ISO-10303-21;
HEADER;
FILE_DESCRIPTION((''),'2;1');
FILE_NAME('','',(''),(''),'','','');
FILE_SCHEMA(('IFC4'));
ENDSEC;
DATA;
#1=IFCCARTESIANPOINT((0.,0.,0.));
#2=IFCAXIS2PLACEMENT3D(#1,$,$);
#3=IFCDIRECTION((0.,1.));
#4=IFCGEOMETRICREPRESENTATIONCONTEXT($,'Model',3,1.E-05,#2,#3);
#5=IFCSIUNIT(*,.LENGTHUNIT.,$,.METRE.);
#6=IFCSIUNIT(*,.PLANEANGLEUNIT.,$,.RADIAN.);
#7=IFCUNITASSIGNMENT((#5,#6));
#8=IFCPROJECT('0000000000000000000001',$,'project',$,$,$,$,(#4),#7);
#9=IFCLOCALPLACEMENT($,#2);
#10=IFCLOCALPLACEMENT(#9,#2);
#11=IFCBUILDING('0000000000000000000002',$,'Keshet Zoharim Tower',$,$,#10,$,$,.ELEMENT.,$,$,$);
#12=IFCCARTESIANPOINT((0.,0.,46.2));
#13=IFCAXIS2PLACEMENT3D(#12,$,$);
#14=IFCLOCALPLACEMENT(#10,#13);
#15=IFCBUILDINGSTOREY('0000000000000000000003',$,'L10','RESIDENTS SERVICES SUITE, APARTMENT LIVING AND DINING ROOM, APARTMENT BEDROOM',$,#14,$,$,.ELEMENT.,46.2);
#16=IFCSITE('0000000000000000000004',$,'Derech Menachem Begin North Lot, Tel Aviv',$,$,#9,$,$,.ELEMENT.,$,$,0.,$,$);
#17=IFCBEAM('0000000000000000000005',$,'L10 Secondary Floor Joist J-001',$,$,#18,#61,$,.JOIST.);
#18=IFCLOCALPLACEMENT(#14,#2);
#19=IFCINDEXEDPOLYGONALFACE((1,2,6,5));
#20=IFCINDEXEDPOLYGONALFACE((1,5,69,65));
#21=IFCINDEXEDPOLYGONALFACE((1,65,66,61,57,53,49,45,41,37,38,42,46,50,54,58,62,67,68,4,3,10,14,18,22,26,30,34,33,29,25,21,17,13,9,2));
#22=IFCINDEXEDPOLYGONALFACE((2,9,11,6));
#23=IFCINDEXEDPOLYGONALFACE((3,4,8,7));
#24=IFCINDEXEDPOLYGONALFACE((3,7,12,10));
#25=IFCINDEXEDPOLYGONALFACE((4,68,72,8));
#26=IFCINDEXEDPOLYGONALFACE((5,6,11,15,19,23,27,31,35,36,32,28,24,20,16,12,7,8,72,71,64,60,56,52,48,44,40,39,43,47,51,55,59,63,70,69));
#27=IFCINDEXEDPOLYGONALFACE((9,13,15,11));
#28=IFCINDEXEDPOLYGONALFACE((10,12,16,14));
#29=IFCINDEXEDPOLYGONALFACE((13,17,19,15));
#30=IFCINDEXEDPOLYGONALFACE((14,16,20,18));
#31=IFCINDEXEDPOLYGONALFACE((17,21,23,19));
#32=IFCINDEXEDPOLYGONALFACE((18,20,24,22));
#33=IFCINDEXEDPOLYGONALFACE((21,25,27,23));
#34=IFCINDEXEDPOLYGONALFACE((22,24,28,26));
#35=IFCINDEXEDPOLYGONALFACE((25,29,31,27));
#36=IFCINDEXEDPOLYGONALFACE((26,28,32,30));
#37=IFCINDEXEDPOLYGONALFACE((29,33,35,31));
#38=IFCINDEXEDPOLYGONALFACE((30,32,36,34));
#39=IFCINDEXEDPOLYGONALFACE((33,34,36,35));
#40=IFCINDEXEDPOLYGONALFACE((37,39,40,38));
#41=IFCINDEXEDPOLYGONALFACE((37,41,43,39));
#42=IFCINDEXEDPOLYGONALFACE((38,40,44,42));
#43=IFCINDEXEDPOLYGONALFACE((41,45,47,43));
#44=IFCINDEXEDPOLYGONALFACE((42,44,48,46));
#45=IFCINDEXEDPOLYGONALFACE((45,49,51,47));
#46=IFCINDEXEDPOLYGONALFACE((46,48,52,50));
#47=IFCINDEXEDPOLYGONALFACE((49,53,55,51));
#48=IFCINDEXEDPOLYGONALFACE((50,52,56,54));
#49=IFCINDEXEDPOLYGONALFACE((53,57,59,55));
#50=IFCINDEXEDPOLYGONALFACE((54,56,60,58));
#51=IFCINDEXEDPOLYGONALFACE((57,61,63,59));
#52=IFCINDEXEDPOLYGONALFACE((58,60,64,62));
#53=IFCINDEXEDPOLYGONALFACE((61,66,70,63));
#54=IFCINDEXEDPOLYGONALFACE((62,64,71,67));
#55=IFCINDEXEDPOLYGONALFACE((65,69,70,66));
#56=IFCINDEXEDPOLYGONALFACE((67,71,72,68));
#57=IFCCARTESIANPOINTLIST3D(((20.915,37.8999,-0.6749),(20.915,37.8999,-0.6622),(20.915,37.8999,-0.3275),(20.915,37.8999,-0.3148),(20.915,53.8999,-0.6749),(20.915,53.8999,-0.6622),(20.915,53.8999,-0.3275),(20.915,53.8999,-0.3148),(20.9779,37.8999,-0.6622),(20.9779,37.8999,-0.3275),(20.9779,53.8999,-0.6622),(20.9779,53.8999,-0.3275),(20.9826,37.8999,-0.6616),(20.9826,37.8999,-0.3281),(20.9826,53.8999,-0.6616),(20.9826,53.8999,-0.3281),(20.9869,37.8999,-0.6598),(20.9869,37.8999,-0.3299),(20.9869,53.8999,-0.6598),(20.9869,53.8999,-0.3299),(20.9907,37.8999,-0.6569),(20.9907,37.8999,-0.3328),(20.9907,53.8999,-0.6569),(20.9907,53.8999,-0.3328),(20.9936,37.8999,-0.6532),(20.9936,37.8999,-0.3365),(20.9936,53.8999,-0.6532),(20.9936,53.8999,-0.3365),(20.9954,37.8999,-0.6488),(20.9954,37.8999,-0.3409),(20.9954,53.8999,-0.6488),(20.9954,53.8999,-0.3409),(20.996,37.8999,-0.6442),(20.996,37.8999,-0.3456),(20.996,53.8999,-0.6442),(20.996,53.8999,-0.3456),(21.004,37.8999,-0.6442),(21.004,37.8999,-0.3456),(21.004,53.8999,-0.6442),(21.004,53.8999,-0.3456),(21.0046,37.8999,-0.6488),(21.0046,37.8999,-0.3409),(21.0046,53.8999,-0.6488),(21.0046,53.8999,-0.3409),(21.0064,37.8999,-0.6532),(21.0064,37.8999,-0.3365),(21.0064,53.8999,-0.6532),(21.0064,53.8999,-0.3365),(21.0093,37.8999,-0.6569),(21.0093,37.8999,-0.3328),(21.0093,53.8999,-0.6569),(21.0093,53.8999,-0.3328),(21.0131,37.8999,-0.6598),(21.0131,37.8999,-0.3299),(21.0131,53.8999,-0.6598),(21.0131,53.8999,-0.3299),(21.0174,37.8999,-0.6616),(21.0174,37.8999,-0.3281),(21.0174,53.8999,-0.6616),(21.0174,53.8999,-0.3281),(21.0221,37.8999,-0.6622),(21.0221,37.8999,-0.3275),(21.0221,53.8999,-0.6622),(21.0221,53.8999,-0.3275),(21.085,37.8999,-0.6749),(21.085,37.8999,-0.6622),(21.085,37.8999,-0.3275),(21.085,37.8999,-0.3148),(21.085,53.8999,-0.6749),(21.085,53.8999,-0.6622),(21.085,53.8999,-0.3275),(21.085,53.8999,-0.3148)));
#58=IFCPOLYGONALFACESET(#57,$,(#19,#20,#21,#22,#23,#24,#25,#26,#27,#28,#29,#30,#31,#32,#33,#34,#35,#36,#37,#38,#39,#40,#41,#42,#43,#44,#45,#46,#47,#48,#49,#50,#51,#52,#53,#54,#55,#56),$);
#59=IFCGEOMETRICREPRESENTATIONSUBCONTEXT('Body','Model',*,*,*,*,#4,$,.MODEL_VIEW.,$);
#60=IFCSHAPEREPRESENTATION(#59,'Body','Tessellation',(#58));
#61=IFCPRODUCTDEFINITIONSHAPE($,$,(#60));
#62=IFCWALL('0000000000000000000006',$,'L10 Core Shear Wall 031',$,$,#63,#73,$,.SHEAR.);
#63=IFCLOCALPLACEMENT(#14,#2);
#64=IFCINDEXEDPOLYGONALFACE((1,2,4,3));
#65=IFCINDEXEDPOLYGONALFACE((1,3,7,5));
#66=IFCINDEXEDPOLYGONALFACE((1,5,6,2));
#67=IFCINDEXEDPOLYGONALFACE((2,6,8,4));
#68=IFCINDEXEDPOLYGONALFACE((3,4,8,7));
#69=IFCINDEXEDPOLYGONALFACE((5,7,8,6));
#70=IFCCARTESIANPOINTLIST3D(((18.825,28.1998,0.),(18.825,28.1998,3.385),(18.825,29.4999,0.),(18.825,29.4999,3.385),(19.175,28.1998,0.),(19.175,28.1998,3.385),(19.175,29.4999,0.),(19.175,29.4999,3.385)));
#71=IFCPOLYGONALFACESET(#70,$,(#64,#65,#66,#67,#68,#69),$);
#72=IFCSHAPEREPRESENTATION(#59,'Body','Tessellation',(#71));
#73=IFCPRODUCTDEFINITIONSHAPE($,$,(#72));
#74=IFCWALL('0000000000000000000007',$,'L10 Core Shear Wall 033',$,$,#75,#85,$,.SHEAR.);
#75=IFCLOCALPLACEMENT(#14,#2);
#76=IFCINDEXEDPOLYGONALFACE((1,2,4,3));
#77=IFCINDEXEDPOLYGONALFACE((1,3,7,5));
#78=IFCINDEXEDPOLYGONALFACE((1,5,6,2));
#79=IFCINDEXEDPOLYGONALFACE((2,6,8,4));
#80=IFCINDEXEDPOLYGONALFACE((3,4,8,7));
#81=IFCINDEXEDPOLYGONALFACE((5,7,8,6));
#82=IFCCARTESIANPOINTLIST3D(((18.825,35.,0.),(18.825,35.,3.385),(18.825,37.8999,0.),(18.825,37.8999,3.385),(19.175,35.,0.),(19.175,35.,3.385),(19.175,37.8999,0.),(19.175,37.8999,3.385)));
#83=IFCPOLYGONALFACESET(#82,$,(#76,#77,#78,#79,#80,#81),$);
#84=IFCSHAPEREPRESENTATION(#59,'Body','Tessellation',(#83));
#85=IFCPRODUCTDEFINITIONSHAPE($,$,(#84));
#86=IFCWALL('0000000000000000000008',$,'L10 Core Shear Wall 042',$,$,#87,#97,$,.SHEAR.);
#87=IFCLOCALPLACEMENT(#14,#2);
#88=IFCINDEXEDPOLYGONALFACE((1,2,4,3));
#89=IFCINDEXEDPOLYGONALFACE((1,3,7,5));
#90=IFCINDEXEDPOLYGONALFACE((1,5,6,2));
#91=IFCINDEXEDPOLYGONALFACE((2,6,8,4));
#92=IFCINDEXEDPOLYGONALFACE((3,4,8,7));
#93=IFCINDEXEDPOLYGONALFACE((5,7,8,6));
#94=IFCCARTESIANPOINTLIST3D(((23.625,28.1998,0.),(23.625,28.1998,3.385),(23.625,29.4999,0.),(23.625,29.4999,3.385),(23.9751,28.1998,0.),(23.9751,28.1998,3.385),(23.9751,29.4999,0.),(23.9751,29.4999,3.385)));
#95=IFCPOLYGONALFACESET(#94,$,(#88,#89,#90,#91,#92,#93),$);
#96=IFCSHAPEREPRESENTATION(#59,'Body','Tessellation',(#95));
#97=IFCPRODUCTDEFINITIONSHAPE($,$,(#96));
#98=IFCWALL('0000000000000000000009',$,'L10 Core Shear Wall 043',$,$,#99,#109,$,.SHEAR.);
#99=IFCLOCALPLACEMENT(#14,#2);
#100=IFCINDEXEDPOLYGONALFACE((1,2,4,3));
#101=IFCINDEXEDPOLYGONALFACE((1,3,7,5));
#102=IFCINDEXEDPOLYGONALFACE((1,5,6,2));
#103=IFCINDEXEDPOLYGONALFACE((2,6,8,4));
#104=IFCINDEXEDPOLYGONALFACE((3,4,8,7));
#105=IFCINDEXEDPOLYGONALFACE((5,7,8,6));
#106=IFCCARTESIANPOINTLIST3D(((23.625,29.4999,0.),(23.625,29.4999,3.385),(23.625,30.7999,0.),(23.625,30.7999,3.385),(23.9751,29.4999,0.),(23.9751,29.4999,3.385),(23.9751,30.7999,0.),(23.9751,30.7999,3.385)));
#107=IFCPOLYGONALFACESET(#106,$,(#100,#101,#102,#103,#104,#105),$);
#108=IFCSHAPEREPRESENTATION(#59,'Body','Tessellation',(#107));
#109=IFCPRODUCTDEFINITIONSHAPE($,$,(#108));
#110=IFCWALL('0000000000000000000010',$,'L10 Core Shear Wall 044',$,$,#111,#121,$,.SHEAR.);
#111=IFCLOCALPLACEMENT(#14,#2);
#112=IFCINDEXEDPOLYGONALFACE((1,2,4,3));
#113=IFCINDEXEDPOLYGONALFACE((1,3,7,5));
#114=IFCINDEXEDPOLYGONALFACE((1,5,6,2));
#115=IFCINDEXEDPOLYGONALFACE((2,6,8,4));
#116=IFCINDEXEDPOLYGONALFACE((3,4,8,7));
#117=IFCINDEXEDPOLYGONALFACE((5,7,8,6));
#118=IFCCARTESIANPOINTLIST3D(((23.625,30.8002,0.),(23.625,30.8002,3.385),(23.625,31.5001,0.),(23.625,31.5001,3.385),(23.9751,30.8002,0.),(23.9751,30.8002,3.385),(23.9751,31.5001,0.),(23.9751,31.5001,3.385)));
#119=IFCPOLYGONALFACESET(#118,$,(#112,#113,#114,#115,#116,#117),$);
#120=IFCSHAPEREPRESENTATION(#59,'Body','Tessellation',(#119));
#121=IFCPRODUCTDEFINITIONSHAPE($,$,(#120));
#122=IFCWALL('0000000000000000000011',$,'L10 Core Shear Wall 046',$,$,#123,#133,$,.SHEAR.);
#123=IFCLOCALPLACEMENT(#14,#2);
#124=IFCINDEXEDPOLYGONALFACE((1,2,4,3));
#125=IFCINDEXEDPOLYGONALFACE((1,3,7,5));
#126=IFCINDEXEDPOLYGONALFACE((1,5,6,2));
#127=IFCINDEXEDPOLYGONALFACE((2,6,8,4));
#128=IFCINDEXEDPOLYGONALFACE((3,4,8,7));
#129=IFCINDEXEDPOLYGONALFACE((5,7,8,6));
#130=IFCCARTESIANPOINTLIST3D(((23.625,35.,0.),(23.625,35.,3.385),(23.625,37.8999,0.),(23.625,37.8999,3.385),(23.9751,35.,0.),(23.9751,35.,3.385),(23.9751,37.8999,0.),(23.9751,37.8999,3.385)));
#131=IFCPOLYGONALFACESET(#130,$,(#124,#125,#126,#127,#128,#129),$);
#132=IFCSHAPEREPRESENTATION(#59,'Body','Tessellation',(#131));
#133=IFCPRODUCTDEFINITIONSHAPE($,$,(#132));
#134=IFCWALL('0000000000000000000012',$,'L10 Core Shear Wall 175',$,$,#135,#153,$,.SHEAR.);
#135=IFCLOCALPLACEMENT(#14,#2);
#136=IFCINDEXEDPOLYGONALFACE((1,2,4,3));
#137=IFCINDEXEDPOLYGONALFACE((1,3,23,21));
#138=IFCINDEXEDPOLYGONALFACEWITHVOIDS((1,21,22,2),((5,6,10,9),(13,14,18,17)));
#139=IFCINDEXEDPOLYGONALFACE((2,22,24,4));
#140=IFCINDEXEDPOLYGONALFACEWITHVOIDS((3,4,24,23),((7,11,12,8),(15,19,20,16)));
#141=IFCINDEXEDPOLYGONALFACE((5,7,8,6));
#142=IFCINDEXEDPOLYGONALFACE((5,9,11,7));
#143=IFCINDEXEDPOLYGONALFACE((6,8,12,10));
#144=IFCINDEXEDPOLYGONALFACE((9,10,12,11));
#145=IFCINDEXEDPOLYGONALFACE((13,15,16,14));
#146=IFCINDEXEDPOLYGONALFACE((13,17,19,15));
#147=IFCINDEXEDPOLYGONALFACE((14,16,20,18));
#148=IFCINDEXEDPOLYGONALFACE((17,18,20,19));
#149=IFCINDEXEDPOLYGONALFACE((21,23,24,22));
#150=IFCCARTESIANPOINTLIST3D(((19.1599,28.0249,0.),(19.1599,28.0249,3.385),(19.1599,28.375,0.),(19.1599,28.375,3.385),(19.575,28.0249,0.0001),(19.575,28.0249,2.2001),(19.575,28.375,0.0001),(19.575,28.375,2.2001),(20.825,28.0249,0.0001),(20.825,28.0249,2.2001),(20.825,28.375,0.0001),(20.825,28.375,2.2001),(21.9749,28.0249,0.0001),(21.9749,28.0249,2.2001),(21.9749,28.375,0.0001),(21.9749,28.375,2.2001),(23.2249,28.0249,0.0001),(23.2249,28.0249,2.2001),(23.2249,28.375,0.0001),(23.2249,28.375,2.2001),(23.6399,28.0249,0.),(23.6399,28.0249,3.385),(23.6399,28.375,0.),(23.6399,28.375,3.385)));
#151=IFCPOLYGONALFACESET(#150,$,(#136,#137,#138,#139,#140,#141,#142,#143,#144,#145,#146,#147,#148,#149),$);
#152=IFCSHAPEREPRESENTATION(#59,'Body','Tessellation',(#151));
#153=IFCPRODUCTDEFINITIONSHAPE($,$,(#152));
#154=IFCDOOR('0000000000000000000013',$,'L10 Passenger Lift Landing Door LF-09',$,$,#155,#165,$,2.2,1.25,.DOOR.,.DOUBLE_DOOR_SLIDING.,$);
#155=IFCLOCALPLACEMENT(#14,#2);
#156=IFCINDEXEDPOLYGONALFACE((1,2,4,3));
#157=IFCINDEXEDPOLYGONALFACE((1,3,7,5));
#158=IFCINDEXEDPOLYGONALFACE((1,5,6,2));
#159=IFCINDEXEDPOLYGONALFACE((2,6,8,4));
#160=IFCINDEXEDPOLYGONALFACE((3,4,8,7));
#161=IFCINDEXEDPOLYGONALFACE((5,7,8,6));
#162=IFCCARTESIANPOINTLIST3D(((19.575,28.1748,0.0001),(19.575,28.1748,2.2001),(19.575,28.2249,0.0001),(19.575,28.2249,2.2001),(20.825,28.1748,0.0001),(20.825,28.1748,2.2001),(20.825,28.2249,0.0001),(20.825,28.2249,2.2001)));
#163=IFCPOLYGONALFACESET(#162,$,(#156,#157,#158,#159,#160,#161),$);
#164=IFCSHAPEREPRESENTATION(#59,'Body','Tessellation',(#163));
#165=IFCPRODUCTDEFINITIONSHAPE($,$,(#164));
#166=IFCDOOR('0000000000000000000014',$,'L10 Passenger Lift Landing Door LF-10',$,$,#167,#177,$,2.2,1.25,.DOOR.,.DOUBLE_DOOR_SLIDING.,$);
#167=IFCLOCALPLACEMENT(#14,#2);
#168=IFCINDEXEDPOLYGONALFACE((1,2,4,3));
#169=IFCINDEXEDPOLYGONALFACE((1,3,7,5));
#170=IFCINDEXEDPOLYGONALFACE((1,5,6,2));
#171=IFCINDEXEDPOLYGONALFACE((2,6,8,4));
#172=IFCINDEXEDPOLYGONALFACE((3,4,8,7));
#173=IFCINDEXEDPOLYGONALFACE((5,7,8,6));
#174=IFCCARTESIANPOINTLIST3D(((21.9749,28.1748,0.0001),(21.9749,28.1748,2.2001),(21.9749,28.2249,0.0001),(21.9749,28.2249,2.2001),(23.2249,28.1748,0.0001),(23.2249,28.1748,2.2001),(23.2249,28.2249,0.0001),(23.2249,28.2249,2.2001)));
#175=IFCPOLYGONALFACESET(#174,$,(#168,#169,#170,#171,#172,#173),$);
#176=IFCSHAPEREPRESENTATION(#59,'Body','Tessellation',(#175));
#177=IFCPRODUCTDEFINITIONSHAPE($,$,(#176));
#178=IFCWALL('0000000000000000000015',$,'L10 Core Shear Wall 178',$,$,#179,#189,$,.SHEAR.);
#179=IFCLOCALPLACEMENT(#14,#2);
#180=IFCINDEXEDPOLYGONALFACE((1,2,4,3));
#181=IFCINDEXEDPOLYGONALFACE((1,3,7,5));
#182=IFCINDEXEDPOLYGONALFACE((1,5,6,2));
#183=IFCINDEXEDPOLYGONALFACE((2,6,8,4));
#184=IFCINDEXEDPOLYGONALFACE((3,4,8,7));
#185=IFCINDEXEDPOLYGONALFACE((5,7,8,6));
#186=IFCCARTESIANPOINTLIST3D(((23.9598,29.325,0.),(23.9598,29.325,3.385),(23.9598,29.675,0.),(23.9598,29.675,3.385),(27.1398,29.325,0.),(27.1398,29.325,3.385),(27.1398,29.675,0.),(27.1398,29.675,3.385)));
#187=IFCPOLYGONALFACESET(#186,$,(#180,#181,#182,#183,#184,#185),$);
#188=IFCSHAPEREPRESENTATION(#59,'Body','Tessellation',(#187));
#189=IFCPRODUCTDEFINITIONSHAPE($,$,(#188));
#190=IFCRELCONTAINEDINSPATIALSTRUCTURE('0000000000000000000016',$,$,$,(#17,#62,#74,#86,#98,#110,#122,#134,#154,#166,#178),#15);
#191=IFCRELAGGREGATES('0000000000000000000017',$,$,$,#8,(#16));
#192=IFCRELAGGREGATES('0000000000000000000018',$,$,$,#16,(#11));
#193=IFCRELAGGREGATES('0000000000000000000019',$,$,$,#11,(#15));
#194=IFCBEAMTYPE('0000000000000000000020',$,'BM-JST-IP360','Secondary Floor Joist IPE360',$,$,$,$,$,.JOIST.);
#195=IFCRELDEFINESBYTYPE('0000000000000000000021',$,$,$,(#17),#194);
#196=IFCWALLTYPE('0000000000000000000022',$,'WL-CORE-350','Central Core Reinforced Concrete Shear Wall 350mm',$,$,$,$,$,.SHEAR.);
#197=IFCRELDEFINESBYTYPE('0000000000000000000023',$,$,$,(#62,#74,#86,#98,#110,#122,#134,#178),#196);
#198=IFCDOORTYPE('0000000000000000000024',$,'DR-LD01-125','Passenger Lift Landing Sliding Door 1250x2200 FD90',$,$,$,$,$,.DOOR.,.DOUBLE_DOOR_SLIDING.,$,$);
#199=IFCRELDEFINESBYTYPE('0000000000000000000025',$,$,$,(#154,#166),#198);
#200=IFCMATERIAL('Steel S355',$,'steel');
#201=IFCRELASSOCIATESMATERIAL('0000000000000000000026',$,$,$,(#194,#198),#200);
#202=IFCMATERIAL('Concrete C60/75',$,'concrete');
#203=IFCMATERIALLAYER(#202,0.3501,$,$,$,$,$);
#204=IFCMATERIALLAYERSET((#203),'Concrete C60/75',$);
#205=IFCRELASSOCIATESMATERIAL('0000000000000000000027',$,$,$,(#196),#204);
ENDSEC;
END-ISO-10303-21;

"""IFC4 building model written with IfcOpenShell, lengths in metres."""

from ifc_helpers import new_model, si_unit, direction, frame, frame_2d, origin, origin_2d, place, context, subcontext, project, spatial, rectangle, i_section, extrude, material, layer, layer_set, material_profile, profile_set, type_object, element, fill, save


model = new_model("IFC4")

# Units and contexts
model_context = context("Model", 3, precision=1e-05, world=origin(), true_north=direction((0.0, 1.0)))
body_context = subcontext(model_context, "Body", "Model", "MODEL_VIEW")
ifc_project = project(units=[si_unit("LENGTHUNIT", "METRE"), si_unit("PLANEANGLEUNIT", "RADIAN")], contexts=[model_context])

# Site, building, storey
site_placement = place(None, origin())
site = spatial("IfcSite", under=ifc_project, at=site_placement, Name="Derech Menachem Begin North Lot, Tel Aviv", CompositionType="ELEMENT", RefElevation=0.0)
building_placement = place(site_placement, origin())
building = spatial("IfcBuilding", under=site, at=building_placement, Name="Keshet Zoharim Tower", CompositionType="ELEMENT")
storey_placement = place(building_placement, frame((0.0, 0.0, 46.2)))
storey = spatial("IfcBuildingStorey", under=building, at=storey_placement, Name="L10", Description="RESIDENTS SERVICES SUITE, APARTMENT LIVING AND DINING ROOM, APARTMENT BEDROOM", CompositionType="ELEMENT", Elevation=46.2)

# Beam
ifc_material_1 = material(Name="Steel S355", Category="steel")
ifc_material_profile = material_profile(ifc_material_1, i_section(OverallWidth=0.1699, OverallDepth=0.3601, WebThickness=0.0081, FlangeThickness=0.0127, FilletRadius=0.0181, at=origin_2d()), Name="IPE360")
ifc_profile_set = profile_set([ifc_material_profile], Name="Steel S355")
beam_type = type_object("IfcBeamType", Name="BM-JST-IP360", Description="Secondary Floor Joist IPE360", PredefinedType="JOIST", material=ifc_profile_set)
beam_placement = place(storey_placement, frame((21.0, 37.8999, -0.4949), z_axis=(0.0, 1.0, 0.0), x_axis=(-1.0, 0.0, 0.0)))
element("IfcBeam", 1, at=beam_placement, inside=storey, type_object=beam_type, Name="L10 Secondary Floor Joist J-001", PredefinedType="JOIST", context=body_context, shape_type="SweptSolid", body=[
    extrude(i_section(OverallWidth=0.1699, OverallDepth=0.3601, WebThickness=0.0081, FlangeThickness=0.0127, FilletRadius=0.0181, at=origin_2d()), origin(), (0.0, 0.0, 1.0), 16.0),
])

# Wall
ifc_material_2 = material(Name="Concrete C60/75", Category="concrete")
ifc_layer_1 = layer(ifc_material_2, 0.3501)
ifc_layer_set_1 = layer_set([ifc_layer_1], Name="Concrete C60/75")
wall_type_1 = type_object("IfcWallType", Name="WL-CORE-350", Description="Central Core Reinforced Concrete Shear Wall 350mm", PredefinedType="SHEAR", material=ifc_layer_set_1)
wall_1_placement = place(storey_placement, frame((19.0, 28.2, 0.0), z_axis=(0.0, 0.0, 1.0), x_axis=(0.0, 1.0, 0.0)))
element("IfcWall", 2, at=wall_1_placement, inside=storey, type_object=wall_type_1, Name="L10 Core Shear Wall 031", PredefinedType="SHEAR", context=body_context, shape_type="SweptSolid", body=[
    extrude(rectangle(XDim=1.3, YDim=0.3501, at=frame_2d((0.6499, 0.0))), origin(), (0.0, 0.0, 1.0), 3.385),
])

# Walls
wall_2_placement = place(storey_placement, frame((19.0, 35.0, 0.0), z_axis=(0.0, 0.0, 1.0), x_axis=(0.0, 1.0, 0.0)))
element("IfcWall", 3, at=wall_2_placement, inside=storey, type_object=wall_type_1, Name="L10 Core Shear Wall 033", PredefinedType="SHEAR", context=body_context, shape_type="SweptSolid", body=[
    extrude(rectangle(XDim=2.8999, YDim=0.3501, at=frame_2d((1.45, 0.0))), origin(), (0.0, 0.0, 1.0), 3.385),
])
for number, where, z_axis, x_axis, name in (
    (4, (23.8, 28.2, 0.0), (0.0, 0.0, 1.0), (0.0, 1.0, 0.0), "L10 Core Shear Wall 042"),
    (5, (23.8, 29.5, 0.0), (0.0, 0.0, 1.0), (0.0, 1.0, 0.0), "L10 Core Shear Wall 043"),
):
    element("IfcWall", number, at=place(storey_placement, frame(where, z_axis=z_axis, x_axis=x_axis)), inside=storey, type_object=wall_type_1, Name=name, PredefinedType="SHEAR", context=body_context, shape_type="SweptSolid", body=[
        extrude(rectangle(XDim=1.3, YDim=0.3501, at=frame_2d((0.6499, 0.0))), origin(), (0.0, 0.0, 1.0), 3.385),
    ])
wall_3_placement = place(storey_placement, frame((23.8, 30.8, 0.0), z_axis=(0.0, 0.0, 1.0), x_axis=(0.0, 1.0, 0.0)))
element("IfcWall", 6, at=wall_3_placement, inside=storey, type_object=wall_type_1, Name="L10 Core Shear Wall 044", PredefinedType="SHEAR", context=body_context, shape_type="SweptSolid", body=[
    extrude(rectangle(XDim=0.7, YDim=0.3501, at=frame_2d((0.3501, 0.0))), origin(), (0.0, 0.0, 1.0), 3.385),
])

# Wall
wall_4_placement = place(storey_placement, frame((23.8, 35.0, 0.0), z_axis=(0.0, 0.0, 1.0), x_axis=(0.0, 1.0, 0.0)))
element("IfcWall", 7, at=wall_4_placement, inside=storey, type_object=wall_type_1, Name="L10 Core Shear Wall 046", PredefinedType="SHEAR", context=body_context, shape_type="SweptSolid", body=[
    extrude(rectangle(XDim=2.8999, YDim=0.3501, at=frame_2d((1.45, 0.0))), origin(), (0.0, 0.0, 1.0), 3.385),
])

# Wall, openings, doors
wall_5_placement = place(storey_placement, frame((19.1599, 28.2, 0.0), z_axis=(0.0, 0.0, 1.0), x_axis=(1.0, 0.0, 0.0)))
wall_5 = element("IfcWall", 8, at=wall_5_placement, inside=storey, type_object=wall_type_1, Name="L10 Core Shear Wall 175", PredefinedType="SHEAR", context=body_context, shape_type="SweptSolid", body=[
    extrude(rectangle(XDim=4.48, YDim=0.3501, at=frame_2d((2.24, 0.0))), origin(), (0.0, 0.0, 1.0), 3.385),
])
opening_1_placement = place(wall_5_placement, frame((0.415, 0.0, 0.0)))
opening_1 = element("IfcOpeningElement", 9, at=opening_1_placement, cuts=wall_5, PredefinedType="OPENING", context=body_context, shape_type="SweptSolid", body=[
    extrude(rectangle(XDim=1.25, YDim=2.2, at=frame_2d((0.625, 1.1001))), frame((0.0, 0.1851, 0.0), z_axis=(0.0, -1.0, 0.0), x_axis=(1.0, 0.0, 0.0)), (0.0, 0.0, 1.0), 0.3701),
])
opening_2_placement = place(wall_5_placement, frame((2.8149, 0.0, 0.0)))
opening_2 = element("IfcOpeningElement", 10, at=opening_2_placement, cuts=wall_5, PredefinedType="OPENING", context=body_context, shape_type="SweptSolid", body=[
    extrude(rectangle(XDim=1.25, YDim=2.2, at=frame_2d((0.625, 1.1001))), frame((0.0, 0.1851, 0.0), z_axis=(0.0, -1.0, 0.0), x_axis=(1.0, 0.0, 0.0)), (0.0, 0.0, 1.0), 0.3701),
])
door_type_1 = type_object("IfcDoorType", Name="DR-LD01-125", Description="Passenger Lift Landing Sliding Door 1250x2200 FD90", OperationType="DOUBLE_DOOR_SLIDING", PredefinedType="DOOR", material=ifc_material_1)
door_1_placement = place(opening_1_placement, origin())
door_1 = element("IfcDoor", 11, at=door_1_placement, inside=storey, type_object=door_type_1, Name="L10 Passenger Lift Landing Door LF-09", OperationType="DOUBLE_DOOR_SLIDING", OverallHeight=2.2, OverallWidth=1.25, PredefinedType="DOOR", context=body_context, shape_type="SweptSolid", body=[
    extrude(rectangle(XDim=1.25, YDim=2.2, at=frame_2d((0.625, 1.1001))), frame((0.0, 0.0249, 0.0), z_axis=(0.0, -1.0, 0.0), x_axis=(1.0, 0.0, 0.0)), (0.0, 0.0, 1.0), 0.05),
])
fill(opening_1, door_1)
door_2_placement = place(opening_2_placement, origin())
door_2 = element("IfcDoor", 12, at=door_2_placement, inside=storey, type_object=door_type_1, Name="L10 Passenger Lift Landing Door LF-10", OperationType="DOUBLE_DOOR_SLIDING", OverallHeight=2.2, OverallWidth=1.25, PredefinedType="DOOR", context=body_context, shape_type="SweptSolid", body=[
    extrude(rectangle(XDim=1.25, YDim=2.2, at=frame_2d((0.625, 1.1001))), frame((0.0, 0.0249, 0.0), z_axis=(0.0, -1.0, 0.0), x_axis=(1.0, 0.0, 0.0)), (0.0, 0.0, 1.0), 0.05),
])
fill(opening_2, door_2)

# Wall
wall_6_placement = place(storey_placement, frame((23.96, 29.5, 0.0), z_axis=(0.0, 0.0, 1.0), x_axis=(1.0, 0.0, 0.0)))
element("IfcWall", 13, at=wall_6_placement, inside=storey, type_object=wall_type_1, Name="L10 Core Shear Wall 178", PredefinedType="SHEAR", context=body_context, shape_type="SweptSolid", body=[
    extrude(rectangle(XDim=3.1799, YDim=0.3501, at=frame_2d((1.5898, 0.0))), origin(), (0.0, 0.0, 1.0), 3.385),
])

save(model, "model.ifc")
